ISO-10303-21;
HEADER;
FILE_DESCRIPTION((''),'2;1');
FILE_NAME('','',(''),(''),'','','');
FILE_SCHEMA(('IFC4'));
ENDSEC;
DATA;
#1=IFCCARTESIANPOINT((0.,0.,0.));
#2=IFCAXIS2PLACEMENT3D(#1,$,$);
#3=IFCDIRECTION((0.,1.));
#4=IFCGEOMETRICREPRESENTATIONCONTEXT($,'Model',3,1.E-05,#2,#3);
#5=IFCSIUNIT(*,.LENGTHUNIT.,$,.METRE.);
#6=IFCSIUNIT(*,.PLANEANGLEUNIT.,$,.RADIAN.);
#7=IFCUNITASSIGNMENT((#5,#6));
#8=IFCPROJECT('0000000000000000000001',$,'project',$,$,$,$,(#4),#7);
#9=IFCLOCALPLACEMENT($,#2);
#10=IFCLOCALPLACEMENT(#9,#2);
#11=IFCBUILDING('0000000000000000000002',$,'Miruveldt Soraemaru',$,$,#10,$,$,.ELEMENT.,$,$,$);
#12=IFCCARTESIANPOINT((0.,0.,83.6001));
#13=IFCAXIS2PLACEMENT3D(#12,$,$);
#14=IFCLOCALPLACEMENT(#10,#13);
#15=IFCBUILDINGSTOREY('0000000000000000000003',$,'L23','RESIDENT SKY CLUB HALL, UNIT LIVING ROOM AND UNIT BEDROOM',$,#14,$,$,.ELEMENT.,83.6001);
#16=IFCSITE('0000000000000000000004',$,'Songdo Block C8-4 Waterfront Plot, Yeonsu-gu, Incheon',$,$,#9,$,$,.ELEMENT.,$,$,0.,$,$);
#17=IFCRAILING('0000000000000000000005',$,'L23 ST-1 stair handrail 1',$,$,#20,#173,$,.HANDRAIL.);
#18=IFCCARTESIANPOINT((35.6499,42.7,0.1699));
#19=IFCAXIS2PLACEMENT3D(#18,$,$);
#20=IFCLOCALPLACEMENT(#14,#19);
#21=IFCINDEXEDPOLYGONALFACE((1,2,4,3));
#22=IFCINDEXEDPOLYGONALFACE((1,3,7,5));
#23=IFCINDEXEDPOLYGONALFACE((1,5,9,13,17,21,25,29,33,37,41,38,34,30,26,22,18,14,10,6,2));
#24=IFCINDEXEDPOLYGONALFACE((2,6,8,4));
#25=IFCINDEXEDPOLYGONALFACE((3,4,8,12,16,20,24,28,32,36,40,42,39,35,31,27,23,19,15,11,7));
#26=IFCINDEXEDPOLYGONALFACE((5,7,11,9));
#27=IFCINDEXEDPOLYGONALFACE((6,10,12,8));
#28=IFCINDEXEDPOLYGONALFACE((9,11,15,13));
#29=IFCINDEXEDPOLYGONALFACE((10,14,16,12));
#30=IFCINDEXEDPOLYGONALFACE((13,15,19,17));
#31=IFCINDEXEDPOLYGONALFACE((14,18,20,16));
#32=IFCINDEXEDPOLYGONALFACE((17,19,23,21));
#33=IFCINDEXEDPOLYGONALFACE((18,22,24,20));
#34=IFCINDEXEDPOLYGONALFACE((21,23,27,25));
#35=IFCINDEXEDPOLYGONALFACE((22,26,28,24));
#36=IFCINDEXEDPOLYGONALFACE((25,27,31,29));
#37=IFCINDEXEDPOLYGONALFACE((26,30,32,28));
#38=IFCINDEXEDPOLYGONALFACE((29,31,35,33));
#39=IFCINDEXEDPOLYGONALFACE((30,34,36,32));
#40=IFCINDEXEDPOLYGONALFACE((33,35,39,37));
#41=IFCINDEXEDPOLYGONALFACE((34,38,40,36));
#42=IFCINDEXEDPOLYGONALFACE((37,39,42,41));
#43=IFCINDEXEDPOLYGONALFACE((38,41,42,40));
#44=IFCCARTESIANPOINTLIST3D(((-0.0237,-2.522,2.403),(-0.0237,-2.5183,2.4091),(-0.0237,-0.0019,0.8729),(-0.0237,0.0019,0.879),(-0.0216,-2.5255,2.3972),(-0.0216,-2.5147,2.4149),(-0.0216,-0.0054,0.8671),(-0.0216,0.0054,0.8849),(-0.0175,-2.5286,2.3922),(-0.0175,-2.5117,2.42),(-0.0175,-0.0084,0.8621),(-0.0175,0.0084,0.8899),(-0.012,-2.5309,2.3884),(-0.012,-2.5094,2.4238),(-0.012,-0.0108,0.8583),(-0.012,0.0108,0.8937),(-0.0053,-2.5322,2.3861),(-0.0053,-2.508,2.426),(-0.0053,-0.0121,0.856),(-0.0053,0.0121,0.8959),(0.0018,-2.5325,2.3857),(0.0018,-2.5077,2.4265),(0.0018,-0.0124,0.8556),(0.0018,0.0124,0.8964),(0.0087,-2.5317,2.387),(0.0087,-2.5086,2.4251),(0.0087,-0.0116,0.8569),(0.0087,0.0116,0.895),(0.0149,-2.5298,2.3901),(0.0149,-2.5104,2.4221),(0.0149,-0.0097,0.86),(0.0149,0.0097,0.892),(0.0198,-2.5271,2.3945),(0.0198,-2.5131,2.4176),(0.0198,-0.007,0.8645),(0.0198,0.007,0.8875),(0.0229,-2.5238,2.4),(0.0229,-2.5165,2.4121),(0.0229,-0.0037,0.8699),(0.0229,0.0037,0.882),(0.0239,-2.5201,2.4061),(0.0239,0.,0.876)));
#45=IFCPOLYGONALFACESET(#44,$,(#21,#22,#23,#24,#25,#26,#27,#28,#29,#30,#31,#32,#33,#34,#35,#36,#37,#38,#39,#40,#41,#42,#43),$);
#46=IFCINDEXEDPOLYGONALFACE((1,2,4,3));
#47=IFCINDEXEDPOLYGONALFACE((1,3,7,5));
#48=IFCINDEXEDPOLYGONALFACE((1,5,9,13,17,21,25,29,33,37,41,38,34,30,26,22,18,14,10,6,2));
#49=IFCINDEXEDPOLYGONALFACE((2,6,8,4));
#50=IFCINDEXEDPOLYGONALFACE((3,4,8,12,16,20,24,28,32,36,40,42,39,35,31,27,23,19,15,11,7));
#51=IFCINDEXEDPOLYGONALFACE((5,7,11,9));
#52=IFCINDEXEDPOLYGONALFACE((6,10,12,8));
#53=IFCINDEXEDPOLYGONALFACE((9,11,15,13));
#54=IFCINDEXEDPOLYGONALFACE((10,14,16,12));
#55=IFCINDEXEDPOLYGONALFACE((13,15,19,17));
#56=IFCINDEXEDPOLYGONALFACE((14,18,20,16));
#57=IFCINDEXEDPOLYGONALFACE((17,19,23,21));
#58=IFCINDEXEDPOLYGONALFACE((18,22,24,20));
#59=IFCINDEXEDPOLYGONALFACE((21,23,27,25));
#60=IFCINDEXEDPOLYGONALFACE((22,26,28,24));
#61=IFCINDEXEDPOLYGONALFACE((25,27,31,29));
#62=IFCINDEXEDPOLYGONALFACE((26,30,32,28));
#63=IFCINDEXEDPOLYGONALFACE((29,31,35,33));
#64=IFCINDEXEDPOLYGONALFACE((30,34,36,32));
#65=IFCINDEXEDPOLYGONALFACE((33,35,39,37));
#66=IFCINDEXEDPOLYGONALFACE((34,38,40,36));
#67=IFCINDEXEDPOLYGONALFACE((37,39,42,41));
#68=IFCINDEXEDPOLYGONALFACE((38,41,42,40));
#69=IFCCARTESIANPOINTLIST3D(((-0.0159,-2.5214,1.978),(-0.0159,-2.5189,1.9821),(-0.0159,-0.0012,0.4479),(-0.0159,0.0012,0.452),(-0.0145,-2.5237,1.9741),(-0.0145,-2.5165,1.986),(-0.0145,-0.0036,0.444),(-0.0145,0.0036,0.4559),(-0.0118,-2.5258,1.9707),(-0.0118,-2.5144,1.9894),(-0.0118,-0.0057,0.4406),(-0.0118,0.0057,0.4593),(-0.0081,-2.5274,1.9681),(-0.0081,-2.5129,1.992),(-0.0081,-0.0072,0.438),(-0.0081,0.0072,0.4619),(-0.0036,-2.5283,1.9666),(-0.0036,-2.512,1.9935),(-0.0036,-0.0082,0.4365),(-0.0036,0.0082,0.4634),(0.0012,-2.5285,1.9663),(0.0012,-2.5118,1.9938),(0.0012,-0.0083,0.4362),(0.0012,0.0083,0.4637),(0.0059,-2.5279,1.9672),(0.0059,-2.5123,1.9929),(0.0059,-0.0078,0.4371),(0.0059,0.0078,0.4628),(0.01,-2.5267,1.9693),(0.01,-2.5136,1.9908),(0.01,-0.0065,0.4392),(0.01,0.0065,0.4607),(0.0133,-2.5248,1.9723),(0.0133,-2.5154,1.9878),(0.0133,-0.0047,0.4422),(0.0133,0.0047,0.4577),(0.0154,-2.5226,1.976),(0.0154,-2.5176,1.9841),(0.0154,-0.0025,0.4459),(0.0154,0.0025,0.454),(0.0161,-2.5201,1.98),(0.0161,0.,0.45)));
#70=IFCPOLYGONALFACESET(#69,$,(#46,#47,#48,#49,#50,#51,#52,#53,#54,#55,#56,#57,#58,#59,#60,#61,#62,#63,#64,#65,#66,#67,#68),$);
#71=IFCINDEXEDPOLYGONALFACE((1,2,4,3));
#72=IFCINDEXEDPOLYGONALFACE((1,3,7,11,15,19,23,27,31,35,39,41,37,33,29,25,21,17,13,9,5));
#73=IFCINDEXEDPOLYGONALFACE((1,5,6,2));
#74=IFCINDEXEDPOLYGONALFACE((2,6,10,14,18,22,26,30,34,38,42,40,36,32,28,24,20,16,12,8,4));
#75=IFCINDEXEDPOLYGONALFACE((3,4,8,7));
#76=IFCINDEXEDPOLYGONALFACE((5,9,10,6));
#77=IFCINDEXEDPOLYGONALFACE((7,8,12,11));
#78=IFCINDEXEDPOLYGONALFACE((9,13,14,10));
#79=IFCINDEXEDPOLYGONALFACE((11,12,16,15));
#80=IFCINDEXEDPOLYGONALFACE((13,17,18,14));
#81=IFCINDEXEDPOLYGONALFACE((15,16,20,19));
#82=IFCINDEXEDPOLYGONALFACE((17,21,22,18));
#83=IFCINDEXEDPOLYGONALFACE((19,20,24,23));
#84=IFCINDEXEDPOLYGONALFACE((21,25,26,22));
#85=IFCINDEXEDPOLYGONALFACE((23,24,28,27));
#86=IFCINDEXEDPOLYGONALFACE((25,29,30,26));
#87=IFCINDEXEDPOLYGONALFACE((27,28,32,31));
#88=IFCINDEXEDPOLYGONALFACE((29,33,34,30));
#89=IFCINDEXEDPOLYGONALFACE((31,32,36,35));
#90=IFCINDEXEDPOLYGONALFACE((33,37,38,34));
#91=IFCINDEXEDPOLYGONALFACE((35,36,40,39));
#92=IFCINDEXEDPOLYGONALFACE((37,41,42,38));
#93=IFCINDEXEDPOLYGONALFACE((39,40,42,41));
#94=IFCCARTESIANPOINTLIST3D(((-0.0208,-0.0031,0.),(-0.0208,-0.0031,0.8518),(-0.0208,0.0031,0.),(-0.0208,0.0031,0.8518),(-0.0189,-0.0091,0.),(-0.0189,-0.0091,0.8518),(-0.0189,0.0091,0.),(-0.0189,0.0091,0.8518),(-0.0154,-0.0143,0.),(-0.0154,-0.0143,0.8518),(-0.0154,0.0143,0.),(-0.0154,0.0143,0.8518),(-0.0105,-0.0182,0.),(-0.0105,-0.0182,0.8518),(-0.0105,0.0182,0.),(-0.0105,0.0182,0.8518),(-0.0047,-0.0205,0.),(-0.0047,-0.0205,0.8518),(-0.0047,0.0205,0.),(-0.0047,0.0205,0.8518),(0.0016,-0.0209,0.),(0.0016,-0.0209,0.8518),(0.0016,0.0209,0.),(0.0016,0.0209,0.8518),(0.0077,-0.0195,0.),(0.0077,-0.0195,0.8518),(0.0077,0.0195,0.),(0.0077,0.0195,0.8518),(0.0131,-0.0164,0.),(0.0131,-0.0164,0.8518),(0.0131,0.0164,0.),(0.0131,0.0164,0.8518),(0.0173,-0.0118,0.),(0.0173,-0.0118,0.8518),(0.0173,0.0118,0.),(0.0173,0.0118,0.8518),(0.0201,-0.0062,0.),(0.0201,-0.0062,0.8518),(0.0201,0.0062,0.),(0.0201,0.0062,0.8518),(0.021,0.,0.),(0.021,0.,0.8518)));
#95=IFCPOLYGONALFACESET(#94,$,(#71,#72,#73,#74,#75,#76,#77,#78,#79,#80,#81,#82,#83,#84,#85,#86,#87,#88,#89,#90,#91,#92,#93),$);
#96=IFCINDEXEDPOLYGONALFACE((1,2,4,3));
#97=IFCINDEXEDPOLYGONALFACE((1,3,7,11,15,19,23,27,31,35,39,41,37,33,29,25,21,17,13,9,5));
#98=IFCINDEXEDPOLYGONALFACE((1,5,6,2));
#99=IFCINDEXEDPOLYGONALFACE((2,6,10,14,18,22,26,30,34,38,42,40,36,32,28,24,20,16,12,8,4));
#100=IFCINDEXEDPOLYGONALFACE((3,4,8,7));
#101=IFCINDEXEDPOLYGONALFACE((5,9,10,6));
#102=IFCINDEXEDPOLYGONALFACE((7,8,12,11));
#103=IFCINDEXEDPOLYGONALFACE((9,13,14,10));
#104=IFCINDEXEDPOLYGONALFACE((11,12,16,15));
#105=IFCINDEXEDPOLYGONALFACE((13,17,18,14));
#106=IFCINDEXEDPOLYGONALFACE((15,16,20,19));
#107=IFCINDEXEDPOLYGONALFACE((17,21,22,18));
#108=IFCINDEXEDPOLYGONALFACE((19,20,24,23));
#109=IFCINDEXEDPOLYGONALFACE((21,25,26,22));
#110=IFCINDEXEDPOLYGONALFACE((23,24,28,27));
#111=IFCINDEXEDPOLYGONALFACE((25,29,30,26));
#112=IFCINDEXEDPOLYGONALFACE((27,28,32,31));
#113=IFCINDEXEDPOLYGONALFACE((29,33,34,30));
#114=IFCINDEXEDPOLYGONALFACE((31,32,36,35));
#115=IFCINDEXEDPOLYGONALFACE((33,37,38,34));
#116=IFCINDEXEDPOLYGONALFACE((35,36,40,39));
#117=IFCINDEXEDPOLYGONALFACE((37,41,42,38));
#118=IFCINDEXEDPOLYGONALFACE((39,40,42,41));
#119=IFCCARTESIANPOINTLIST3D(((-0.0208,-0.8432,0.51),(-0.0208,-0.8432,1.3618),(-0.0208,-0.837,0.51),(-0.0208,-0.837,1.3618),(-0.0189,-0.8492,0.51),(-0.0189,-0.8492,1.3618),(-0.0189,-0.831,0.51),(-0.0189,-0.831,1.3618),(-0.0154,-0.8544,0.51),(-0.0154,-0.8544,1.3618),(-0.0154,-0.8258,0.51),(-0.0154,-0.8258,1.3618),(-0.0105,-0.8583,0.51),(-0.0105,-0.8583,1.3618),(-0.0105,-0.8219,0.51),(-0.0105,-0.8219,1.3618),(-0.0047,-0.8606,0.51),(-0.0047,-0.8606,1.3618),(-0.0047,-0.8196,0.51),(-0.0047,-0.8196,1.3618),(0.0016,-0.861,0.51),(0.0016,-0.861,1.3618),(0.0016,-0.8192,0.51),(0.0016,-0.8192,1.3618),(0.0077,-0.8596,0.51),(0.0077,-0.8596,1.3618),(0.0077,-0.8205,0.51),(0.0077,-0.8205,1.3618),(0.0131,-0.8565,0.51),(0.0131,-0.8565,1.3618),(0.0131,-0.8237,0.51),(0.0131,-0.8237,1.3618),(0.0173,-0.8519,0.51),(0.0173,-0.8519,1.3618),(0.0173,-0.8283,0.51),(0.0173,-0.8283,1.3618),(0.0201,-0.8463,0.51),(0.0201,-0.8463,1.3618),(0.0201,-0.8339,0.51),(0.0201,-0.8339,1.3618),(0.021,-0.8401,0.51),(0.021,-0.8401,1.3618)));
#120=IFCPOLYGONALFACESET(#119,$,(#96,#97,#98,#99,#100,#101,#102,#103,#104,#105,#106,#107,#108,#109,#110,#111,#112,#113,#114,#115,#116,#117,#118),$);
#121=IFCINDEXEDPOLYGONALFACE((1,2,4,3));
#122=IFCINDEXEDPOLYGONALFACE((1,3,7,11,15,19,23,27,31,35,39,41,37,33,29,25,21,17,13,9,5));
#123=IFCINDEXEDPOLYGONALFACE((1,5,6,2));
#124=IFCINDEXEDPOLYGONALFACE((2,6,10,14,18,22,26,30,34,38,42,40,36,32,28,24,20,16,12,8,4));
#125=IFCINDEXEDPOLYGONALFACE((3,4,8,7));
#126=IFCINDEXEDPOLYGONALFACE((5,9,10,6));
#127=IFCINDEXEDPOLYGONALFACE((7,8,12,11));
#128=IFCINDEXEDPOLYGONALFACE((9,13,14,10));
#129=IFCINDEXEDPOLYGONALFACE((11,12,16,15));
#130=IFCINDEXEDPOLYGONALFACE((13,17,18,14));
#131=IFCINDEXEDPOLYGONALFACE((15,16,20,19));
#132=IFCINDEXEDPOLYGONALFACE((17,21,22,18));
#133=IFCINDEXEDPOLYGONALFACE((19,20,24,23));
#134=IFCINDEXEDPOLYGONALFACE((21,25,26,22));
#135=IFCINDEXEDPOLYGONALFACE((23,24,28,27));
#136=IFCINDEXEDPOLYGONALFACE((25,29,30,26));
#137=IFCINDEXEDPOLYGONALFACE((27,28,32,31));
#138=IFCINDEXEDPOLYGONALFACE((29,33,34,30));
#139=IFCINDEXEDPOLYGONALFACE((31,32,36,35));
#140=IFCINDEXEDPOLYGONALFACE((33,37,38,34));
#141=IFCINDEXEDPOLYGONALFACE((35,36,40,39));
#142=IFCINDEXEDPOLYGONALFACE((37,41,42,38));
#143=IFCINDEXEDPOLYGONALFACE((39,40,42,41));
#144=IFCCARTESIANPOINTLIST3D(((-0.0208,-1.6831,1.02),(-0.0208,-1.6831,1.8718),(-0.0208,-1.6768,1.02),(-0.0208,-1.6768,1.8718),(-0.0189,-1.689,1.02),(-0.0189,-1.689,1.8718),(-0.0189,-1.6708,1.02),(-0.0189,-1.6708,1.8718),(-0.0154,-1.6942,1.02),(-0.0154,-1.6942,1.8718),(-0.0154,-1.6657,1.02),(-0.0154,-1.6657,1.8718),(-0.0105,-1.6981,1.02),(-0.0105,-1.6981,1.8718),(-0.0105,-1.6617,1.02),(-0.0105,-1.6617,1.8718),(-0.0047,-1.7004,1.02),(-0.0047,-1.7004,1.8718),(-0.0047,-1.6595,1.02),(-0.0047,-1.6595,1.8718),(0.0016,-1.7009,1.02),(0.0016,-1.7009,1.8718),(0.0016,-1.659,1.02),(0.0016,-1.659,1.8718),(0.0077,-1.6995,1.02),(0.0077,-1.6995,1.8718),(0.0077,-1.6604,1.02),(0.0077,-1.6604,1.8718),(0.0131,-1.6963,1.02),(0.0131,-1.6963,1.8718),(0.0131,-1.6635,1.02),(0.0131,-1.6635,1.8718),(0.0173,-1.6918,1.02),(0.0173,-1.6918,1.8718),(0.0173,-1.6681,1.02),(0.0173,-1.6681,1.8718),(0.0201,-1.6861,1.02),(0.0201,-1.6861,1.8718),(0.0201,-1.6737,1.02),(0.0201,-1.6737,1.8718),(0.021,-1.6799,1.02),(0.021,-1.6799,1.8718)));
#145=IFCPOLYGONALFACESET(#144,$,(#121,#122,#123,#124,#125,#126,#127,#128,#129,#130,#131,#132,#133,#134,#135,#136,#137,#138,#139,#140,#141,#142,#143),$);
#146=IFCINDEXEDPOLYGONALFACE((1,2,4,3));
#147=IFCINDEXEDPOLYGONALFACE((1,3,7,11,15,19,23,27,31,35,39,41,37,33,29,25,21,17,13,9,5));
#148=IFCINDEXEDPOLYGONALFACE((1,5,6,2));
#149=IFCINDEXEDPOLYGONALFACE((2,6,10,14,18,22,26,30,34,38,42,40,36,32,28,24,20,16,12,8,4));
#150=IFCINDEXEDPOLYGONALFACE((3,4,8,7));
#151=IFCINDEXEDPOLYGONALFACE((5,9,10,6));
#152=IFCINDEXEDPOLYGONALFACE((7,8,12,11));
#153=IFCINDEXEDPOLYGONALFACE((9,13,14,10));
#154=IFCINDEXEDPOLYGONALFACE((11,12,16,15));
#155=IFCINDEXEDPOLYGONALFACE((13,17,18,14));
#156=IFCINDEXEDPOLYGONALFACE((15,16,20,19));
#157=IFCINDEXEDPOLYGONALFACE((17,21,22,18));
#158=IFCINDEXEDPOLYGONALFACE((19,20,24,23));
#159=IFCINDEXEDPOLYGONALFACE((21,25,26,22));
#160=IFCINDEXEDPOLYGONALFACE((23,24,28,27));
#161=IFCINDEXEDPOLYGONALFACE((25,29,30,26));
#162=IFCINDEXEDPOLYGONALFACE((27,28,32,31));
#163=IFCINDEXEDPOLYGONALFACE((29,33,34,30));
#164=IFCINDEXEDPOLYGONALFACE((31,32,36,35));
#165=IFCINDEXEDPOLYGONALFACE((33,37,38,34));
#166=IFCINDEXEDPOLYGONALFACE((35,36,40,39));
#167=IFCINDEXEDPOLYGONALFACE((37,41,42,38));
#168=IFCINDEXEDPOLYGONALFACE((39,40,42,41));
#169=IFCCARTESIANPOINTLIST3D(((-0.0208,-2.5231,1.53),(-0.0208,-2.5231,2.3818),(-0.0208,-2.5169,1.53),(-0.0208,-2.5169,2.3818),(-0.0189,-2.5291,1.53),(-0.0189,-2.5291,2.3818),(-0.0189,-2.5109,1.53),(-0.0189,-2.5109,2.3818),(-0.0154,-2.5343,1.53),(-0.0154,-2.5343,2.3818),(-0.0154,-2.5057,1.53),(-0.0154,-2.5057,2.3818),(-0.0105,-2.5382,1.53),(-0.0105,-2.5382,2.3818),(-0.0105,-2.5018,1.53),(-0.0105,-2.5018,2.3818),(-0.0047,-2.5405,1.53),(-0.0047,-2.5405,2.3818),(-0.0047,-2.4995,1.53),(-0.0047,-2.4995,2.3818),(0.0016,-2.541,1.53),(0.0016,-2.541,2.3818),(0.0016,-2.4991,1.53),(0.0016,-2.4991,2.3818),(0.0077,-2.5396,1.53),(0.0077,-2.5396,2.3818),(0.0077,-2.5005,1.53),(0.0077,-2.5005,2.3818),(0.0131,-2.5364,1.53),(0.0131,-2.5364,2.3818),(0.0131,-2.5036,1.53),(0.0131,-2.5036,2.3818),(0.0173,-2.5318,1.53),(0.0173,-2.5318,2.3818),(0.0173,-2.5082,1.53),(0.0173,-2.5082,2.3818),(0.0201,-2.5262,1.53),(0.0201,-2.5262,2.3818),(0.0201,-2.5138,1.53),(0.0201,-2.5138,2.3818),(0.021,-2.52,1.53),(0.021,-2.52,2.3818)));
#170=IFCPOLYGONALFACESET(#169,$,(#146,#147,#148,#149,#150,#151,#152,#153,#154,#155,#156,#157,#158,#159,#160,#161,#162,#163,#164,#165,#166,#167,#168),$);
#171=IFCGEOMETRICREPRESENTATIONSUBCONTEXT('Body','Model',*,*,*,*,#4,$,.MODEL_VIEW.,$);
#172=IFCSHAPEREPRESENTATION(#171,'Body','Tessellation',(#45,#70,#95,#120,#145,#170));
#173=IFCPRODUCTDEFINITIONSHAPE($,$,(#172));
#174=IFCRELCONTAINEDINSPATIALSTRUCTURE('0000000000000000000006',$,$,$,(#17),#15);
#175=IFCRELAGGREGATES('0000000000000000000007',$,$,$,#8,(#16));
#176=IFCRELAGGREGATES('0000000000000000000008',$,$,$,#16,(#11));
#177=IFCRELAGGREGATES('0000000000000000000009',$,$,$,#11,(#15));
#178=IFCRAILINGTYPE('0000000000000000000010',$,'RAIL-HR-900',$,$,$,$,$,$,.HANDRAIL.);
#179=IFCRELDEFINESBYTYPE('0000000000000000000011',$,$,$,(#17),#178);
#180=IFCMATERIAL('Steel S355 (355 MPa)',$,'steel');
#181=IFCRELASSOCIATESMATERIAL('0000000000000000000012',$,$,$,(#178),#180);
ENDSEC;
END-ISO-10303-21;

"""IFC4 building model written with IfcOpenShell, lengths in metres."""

from ifc_helpers import new_model, si_unit, direction, frame, origin, origin_2d, place, context, subcontext, project, spatial, circle, extrude, material, type_object, element, save


model = new_model("IFC4")

# Units and contexts
model_context = context("Model", 3, precision=1e-05, world=origin(), true_north=direction((0.0, 1.0)))
body_context = subcontext(model_context, "Body", "Model", "MODEL_VIEW")
ifc_project = project(units=[si_unit("LENGTHUNIT", "METRE"), si_unit("PLANEANGLEUNIT", "RADIAN")], contexts=[model_context])

# Site, building, storey
site_placement = place(None, origin())
site = spatial("IfcSite", under=ifc_project, at=site_placement, Name="Songdo Block C8-4 Waterfront Plot, Yeonsu-gu, Incheon", CompositionType="ELEMENT", RefElevation=0.0)
building_placement = place(site_placement, origin())
building = spatial("IfcBuilding", under=site, at=building_placement, Name="Miruveldt Soraemaru", CompositionType="ELEMENT")
storey_placement = place(building_placement, frame((0.0, 0.0, 83.6001)))
storey = spatial("IfcBuildingStorey", under=building, at=storey_placement, Name="L23", Description="RESIDENT SKY CLUB HALL, UNIT LIVING ROOM AND UNIT BEDROOM", CompositionType="ELEMENT", Elevation=83.6001)

# Railing
ifc_material_1 = material(Name="Steel S355 (355 MPa)", Category="steel")
railing_type_1 = type_object("IfcRailingType", Name="RAIL-HR-900", PredefinedType="HANDRAIL", material=ifc_material_1)
railing_1_placement = place(storey_placement, frame((35.6499, 42.7, 0.1699)))
element("IfcRailing", 1, at=railing_1_placement, inside=storey, type_object=railing_type_1, Name="L23 ST-1 stair handrail 1", PredefinedType="HANDRAIL", context=body_context, shape_type="SweptSolid", body=[
    extrude(circle(Radius=0.0239, at=origin_2d()), frame((0.0, 0.0, 0.876), z_axis=(0.0, -0.854785, 0.518982), x_axis=(1.0, 0.0, 0.0)), (0.0, 0.0, 1.0), 2.9482),
    extrude(circle(Radius=0.0161, at=origin_2d()), frame((0.0, 0.0, 0.45), z_axis=(0.0, -0.854785, 0.518982), x_axis=(1.0, 0.0, 0.0)), (0.0, 0.0, 1.0), 2.9482),
    extrude(circle(Radius=0.021, at=origin_2d()), origin(), (0.0, 0.0, 1.0), 0.8518),
    extrude(circle(Radius=0.021, at=origin_2d()), frame((0.0, -0.8401, 0.51)), (0.0, 0.0, 1.0), 0.8518),
    extrude(circle(Radius=0.021, at=origin_2d()), frame((0.0, -1.6799, 1.02)), (0.0, 0.0, 1.0), 0.8518),
    extrude(circle(Radius=0.021, at=origin_2d()), frame((0.0, -2.52, 1.53)), (0.0, 0.0, 1.0), 0.8518),
])

save(model, "model.ifc")
